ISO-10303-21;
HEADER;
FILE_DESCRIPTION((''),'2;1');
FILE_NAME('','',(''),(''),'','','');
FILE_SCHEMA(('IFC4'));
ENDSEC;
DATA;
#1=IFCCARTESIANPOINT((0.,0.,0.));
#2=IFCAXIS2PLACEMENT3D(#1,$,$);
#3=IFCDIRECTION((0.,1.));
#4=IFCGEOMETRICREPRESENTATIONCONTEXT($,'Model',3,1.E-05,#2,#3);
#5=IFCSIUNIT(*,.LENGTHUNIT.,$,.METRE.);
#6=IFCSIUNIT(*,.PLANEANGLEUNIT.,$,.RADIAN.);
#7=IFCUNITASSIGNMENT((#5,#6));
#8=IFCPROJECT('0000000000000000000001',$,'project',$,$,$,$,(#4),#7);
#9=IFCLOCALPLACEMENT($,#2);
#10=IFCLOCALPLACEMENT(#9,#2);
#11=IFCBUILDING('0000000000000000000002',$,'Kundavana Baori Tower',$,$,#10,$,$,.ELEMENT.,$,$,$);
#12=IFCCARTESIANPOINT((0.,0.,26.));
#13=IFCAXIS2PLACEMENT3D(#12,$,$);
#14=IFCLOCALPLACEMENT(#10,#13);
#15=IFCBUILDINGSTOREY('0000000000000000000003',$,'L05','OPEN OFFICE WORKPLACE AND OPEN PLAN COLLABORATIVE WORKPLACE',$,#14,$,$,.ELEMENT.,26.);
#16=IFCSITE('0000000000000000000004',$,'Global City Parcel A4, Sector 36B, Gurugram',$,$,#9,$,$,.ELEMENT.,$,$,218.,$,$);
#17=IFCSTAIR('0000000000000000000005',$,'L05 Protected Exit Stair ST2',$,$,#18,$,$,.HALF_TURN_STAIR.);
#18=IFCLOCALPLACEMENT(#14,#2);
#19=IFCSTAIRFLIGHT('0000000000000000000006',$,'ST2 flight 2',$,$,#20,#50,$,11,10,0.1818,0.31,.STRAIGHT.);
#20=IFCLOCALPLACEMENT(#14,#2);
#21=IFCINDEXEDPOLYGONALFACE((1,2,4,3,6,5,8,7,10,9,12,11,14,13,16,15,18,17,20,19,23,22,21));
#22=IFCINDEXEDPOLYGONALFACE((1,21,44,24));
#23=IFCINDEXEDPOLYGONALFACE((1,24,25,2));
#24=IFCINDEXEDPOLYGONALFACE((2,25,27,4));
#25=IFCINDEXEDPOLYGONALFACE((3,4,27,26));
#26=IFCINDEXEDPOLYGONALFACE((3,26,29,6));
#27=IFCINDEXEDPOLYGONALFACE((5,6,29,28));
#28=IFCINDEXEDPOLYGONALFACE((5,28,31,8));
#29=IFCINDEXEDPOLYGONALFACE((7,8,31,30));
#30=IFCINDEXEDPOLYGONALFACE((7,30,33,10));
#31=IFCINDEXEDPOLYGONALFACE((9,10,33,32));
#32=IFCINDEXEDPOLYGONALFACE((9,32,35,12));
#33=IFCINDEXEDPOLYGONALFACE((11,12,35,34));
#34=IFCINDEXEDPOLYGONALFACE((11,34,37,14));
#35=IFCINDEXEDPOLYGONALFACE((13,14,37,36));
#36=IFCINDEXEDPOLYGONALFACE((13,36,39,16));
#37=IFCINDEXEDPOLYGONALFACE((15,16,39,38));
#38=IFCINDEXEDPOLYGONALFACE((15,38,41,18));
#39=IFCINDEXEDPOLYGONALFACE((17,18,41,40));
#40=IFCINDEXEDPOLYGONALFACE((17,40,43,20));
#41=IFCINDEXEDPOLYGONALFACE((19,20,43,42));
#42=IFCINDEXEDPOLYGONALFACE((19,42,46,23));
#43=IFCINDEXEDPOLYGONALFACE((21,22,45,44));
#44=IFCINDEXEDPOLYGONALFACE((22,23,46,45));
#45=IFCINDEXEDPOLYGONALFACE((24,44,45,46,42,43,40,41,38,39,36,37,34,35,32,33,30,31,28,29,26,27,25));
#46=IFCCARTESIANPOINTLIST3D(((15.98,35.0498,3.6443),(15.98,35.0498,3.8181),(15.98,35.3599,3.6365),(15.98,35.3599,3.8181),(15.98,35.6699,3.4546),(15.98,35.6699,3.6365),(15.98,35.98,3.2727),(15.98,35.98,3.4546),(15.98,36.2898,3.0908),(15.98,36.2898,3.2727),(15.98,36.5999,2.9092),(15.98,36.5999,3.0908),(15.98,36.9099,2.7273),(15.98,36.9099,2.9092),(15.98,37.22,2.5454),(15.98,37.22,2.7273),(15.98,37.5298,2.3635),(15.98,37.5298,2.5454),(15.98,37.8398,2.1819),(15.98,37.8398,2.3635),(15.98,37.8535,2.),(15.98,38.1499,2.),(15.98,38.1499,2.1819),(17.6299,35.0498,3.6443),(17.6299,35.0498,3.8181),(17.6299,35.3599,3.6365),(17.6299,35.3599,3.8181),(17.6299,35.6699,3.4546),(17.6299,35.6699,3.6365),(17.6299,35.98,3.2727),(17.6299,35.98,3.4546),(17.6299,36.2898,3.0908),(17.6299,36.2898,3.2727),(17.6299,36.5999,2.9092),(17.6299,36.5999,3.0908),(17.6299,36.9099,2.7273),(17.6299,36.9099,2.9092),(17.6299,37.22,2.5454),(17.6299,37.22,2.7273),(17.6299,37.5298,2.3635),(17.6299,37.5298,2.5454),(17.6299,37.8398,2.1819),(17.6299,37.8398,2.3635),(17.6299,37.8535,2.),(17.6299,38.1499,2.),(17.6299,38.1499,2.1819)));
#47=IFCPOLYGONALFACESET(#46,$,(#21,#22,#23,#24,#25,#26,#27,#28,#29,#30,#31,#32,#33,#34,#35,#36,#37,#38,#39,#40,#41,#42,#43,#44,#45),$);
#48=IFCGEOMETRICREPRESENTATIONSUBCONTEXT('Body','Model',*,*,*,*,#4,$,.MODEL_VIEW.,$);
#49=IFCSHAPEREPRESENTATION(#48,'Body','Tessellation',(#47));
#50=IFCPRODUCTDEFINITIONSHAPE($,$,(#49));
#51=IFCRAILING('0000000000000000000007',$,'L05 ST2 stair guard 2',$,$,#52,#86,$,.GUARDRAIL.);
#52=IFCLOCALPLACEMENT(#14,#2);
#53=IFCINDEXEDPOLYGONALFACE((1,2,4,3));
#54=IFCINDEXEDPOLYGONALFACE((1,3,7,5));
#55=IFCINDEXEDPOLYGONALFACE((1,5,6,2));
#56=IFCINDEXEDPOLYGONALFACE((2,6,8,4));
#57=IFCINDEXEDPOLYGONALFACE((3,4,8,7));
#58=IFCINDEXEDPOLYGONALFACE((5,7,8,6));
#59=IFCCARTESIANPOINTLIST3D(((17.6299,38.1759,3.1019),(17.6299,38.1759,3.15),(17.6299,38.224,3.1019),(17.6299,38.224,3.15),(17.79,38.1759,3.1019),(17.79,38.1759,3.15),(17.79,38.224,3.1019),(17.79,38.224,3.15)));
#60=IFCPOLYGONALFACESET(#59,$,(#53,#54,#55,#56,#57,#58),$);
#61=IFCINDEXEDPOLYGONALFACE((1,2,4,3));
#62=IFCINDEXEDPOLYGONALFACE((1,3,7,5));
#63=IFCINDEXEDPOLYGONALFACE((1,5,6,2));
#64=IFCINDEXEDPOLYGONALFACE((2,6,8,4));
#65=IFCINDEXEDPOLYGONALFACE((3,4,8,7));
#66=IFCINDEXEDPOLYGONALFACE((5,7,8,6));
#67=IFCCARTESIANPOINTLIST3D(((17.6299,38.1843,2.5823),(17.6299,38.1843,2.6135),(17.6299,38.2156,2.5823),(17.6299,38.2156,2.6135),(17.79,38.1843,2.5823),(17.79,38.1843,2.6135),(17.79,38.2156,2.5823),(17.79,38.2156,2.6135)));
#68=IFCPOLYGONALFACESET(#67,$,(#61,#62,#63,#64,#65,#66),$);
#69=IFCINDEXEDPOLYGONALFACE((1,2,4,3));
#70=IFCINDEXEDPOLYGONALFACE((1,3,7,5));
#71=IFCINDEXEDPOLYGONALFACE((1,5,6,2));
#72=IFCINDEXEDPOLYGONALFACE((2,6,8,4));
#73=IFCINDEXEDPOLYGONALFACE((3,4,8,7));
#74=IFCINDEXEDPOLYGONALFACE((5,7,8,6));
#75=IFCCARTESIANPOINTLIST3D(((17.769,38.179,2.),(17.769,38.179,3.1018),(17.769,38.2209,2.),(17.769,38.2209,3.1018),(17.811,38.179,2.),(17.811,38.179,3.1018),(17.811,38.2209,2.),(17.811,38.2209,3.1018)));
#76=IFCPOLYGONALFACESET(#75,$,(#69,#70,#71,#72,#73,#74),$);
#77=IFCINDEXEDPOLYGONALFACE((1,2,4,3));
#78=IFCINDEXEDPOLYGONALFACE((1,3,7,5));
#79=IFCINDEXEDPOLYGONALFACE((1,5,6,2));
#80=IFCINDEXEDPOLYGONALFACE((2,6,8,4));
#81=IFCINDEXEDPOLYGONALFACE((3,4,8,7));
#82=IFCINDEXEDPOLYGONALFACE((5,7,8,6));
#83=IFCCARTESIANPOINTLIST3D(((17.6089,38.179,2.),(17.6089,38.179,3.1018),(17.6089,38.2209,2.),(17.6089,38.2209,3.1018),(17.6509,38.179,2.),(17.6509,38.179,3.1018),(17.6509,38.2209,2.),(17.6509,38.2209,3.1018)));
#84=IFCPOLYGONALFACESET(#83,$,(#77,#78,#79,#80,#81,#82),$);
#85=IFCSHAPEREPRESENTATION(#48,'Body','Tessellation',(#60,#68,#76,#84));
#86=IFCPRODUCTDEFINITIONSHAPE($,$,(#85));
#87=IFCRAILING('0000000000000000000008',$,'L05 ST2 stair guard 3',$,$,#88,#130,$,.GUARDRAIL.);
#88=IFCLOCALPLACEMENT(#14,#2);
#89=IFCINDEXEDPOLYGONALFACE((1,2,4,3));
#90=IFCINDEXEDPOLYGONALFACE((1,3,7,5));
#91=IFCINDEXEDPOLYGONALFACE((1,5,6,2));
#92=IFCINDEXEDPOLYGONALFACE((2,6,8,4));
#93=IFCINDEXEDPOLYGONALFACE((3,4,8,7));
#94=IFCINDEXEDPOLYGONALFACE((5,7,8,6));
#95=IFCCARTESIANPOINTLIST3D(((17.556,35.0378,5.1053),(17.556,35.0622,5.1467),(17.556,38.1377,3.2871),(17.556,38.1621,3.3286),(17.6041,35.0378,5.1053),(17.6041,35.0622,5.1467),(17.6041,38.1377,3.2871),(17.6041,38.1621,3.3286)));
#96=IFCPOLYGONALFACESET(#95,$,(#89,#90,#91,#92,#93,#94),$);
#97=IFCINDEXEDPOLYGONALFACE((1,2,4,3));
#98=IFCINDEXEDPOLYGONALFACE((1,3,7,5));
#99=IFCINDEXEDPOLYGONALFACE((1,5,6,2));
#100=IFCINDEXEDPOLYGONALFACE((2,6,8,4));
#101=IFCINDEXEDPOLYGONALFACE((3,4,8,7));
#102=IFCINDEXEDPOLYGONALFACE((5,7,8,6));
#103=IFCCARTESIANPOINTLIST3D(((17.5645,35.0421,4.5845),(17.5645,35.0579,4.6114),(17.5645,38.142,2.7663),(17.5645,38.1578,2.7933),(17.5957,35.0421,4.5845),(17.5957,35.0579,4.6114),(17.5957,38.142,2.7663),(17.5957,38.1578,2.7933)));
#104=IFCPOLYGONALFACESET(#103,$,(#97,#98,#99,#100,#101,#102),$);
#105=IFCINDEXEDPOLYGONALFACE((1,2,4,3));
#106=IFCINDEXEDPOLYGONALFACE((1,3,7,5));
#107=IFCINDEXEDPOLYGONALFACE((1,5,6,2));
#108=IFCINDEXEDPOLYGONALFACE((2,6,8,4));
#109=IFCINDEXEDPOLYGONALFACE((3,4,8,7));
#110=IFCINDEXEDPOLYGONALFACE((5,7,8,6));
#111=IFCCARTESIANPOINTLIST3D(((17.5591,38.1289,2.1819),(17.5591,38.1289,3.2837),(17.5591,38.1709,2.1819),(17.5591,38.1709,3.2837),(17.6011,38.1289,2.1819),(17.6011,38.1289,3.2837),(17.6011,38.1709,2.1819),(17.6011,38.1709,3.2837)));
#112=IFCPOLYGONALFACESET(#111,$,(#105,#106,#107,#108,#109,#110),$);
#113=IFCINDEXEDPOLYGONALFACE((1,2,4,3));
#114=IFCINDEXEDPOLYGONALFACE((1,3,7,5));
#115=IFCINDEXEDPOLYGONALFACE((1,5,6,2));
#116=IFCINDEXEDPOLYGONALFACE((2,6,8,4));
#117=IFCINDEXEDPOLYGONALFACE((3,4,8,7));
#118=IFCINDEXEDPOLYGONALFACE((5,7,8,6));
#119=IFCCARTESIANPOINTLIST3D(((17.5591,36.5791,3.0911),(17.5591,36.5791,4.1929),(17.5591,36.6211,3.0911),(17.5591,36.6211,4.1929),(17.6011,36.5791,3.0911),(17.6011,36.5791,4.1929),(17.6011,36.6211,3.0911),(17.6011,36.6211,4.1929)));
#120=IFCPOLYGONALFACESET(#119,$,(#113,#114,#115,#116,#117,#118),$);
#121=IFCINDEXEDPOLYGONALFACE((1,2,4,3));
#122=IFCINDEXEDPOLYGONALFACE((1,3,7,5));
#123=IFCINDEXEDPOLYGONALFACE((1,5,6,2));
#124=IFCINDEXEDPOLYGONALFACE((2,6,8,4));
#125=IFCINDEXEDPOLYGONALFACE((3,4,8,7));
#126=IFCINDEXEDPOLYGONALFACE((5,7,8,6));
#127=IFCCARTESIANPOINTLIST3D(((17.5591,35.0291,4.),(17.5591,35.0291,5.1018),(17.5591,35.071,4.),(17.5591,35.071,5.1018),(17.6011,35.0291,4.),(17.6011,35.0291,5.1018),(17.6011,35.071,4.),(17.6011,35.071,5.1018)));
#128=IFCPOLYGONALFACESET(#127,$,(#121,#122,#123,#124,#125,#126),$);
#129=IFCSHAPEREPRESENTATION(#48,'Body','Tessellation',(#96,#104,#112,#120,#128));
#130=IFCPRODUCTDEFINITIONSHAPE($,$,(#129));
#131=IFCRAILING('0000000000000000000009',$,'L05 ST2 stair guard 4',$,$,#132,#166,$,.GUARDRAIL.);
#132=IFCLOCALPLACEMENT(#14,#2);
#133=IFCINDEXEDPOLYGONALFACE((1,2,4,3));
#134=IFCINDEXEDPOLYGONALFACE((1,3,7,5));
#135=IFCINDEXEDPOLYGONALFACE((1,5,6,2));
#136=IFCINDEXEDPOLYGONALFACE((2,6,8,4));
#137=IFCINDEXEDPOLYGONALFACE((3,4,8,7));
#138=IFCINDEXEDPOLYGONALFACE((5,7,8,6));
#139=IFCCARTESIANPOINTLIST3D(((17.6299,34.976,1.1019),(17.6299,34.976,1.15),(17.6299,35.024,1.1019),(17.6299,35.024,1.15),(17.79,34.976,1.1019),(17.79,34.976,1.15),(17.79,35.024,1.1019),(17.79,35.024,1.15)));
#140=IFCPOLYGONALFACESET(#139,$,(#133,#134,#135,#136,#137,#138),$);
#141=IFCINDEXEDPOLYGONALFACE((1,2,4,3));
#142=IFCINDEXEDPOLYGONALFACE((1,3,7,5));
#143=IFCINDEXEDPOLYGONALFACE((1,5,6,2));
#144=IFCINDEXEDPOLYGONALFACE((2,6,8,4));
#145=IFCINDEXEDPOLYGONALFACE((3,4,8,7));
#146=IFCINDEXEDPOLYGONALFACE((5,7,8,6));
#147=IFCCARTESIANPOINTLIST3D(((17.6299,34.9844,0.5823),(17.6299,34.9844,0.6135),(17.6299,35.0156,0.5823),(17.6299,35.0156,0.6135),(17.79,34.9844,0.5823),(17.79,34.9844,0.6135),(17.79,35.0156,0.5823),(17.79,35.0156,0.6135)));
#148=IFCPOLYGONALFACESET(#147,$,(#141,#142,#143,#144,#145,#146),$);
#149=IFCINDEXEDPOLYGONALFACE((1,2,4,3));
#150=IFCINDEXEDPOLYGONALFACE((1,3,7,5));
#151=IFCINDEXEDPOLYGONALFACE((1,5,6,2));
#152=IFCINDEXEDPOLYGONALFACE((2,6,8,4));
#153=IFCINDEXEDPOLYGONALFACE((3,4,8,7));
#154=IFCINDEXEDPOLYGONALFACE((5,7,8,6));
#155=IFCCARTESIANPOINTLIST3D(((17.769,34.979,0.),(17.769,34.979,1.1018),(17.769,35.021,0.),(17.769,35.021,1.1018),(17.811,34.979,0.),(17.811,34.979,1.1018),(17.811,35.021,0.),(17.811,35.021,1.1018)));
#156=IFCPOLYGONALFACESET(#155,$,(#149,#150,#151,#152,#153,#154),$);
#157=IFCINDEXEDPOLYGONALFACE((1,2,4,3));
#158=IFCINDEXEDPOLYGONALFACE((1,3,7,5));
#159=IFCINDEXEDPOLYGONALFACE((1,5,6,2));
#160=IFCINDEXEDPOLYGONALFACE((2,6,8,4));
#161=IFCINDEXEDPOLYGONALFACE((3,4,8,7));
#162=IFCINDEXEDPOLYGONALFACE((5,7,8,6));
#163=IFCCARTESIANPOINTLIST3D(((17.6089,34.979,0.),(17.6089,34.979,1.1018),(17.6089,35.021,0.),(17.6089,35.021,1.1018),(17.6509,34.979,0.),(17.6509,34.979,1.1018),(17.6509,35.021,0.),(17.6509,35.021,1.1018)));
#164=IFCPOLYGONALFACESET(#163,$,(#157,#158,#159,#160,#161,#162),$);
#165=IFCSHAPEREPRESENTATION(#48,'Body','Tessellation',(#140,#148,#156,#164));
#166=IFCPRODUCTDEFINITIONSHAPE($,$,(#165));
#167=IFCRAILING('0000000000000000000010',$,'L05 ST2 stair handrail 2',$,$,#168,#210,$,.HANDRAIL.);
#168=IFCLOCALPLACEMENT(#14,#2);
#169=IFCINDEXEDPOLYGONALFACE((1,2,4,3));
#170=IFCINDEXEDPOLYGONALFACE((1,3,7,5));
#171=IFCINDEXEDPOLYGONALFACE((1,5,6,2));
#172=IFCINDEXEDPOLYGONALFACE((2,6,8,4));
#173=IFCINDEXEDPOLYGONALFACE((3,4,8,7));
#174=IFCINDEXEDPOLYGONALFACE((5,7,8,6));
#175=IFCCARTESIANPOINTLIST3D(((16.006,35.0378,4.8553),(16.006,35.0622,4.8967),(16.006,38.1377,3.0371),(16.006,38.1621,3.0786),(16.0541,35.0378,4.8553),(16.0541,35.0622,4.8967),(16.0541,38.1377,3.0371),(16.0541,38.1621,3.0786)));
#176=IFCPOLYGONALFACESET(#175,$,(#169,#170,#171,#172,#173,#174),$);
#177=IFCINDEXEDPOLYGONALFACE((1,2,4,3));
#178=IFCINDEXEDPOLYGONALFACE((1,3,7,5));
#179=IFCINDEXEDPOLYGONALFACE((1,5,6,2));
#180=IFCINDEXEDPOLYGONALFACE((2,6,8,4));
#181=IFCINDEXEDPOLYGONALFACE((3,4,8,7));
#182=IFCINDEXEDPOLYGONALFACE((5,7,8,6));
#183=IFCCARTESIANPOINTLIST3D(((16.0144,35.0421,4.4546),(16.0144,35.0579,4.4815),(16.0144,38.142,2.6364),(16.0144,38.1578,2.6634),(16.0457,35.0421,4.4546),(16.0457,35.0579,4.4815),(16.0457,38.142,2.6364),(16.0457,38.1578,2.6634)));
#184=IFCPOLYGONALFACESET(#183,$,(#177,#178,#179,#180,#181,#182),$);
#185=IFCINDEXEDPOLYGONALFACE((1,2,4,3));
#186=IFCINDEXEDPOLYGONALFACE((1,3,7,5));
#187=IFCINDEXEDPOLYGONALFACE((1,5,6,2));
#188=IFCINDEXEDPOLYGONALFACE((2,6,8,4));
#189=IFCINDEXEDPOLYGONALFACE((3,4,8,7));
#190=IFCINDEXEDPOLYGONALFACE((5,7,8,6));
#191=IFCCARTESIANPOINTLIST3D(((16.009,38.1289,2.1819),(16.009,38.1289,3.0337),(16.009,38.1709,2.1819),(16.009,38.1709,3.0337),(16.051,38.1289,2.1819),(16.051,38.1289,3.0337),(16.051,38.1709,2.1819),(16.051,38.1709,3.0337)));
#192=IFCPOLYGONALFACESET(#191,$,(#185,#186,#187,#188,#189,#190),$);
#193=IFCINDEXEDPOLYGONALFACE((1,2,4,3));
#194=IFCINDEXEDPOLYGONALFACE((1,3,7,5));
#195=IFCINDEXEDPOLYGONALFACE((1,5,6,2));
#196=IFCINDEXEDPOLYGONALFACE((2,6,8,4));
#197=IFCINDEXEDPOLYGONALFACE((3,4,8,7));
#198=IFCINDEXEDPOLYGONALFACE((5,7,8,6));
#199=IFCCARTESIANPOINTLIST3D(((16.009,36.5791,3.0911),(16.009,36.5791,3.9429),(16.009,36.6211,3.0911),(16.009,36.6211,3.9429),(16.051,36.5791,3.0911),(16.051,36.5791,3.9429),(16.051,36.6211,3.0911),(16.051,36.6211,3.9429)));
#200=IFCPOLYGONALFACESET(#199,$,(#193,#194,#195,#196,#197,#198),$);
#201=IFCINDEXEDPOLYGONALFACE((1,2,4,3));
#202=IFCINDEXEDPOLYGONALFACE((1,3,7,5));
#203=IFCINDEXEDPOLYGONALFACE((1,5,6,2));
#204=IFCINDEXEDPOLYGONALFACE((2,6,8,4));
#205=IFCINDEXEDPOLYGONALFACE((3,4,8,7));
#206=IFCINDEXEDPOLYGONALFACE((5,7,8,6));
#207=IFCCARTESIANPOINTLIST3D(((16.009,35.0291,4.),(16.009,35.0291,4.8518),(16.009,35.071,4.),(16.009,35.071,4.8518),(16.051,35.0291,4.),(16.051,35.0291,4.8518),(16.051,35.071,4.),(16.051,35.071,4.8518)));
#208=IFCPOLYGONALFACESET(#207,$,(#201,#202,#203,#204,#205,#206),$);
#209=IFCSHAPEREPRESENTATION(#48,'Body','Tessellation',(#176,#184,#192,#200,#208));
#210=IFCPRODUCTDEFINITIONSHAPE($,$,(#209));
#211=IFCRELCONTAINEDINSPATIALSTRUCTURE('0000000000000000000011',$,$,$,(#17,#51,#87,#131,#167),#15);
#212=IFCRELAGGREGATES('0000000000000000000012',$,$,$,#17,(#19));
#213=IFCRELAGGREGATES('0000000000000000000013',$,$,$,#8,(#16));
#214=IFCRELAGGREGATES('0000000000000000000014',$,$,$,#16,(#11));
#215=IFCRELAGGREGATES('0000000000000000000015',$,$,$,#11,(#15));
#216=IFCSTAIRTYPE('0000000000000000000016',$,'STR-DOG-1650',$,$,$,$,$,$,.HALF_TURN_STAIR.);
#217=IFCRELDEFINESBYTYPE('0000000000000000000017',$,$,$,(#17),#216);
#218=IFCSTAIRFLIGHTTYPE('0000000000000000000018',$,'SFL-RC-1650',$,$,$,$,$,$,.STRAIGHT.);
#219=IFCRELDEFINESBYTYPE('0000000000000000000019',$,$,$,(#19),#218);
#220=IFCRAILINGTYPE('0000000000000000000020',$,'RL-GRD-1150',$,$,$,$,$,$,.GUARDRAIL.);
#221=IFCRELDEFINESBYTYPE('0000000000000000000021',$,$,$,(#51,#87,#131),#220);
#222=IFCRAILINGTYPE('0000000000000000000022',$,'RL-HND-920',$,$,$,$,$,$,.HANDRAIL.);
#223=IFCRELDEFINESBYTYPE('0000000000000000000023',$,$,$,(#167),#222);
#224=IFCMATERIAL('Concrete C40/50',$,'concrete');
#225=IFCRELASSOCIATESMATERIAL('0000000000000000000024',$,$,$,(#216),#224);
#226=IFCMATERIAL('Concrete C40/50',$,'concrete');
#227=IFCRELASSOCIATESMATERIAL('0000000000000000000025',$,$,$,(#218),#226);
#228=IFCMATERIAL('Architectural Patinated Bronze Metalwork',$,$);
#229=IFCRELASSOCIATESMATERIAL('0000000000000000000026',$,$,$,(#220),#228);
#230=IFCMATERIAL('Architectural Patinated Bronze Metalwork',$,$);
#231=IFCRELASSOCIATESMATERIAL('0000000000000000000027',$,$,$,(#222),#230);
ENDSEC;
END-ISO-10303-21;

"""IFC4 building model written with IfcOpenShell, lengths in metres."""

from ifc_helpers import new_model, si_unit, direction, frame, origin, origin_2d, place, context, subcontext, project, spatial, polyline, rectangle, outline, extrude, material, type_object, element, aggregate, save


model = new_model("IFC4")

# Units and contexts
model_context = context("Model", 3, precision=1e-05, world=origin(), true_north=direction((0.0, 1.0)))
body_context = subcontext(model_context, "Body", "Model", "MODEL_VIEW")
ifc_project = project(units=[si_unit("LENGTHUNIT", "METRE"), si_unit("PLANEANGLEUNIT", "RADIAN")], contexts=[model_context])

# Site, building, storey
site_placement = place(None, origin())
site = spatial("IfcSite", under=ifc_project, at=site_placement, Name="Global City Parcel A4, Sector 36B, Gurugram", CompositionType="ELEMENT", RefElevation=218.0)
building_placement = place(site_placement, origin())
building = spatial("IfcBuilding", under=site, at=building_placement, Name="Kundavana Baori Tower", CompositionType="ELEMENT")
storey_placement = place(building_placement, frame((0.0, 0.0, 26.0)))
storey = spatial("IfcBuildingStorey", under=building, at=storey_placement, Name="L05", Description="OPEN OFFICE WORKPLACE AND OPEN PLAN COLLABORATIVE WORKPLACE", CompositionType="ELEMENT", Elevation=26.0)

# Stair, stair flight
ifc_material_1 = material(Name="Concrete C40/50", Category="concrete")
stair_type = type_object("IfcStairType", Name="STR-DOG-1650", PredefinedType="HALF_TURN_STAIR", material=ifc_material_1)
stair_placement = place(storey_placement, origin())
stair = element("IfcStair", 1, at=stair_placement, inside=storey, type_object=stair_type, Name="L05 Protected Exit Stair ST2", PredefinedType="HALF_TURN_STAIR")
ifc_material_2 = material(Name="Concrete C40/50", Category="concrete")
stair_flight_type = type_object("IfcStairFlightType", Name="SFL-RC-1650", PredefinedType="STRAIGHT", material=ifc_material_2)
stair_flight_placement = place(storey_placement, frame((16.8049, 38.1499, 2.0), z_axis=(0.0, 0.0, 1.0), x_axis=(0.0, -1.0, 0.0)))
stair_flight = element("IfcStairFlight", 2, at=stair_flight_placement, type_object=stair_flight_type, Name="ST2 flight 2", NumberOfRisers=11, NumberOfTreads=10, PredefinedType="STRAIGHT", RiserHeight=0.1818, TreadLength=0.31, context=body_context, shape_type="SweptSolid", body=[
    extrude(outline(polyline([(0.0, 0.0), (0.0, 0.1819), (0.3101, 0.1819), (0.3101, 0.3635), (0.6201, 0.3635), (0.6201, 0.5454), (0.9299, 0.5454), (0.9299, 0.7273), (1.24, 0.7273), (1.24, 0.9092), (1.55, 0.9092), (1.55, 1.0908), (1.8601, 1.0908), (1.8601, 1.2727), (2.1699, 1.2727), (2.1699, 1.4546), (2.48, 1.4546), (2.48, 1.6365), (2.79, 1.6365), (2.79, 1.8181), (3.1001, 1.8181), (3.1001, 2.0), (3.1001, 1.6443), (0.2964, 0.0), (0.0, 0.0)])), frame((0.0, 0.825, 0.0), z_axis=(0.0, -1.0, 0.0), x_axis=(1.0, 0.0, 0.0)), (0.0, 0.0, 1.0), 1.6499),
])
aggregate(stair, [stair_flight])

# Railings
ifc_material_3 = material(Name="Architectural Patinated Bronze Metalwork")
railing_type_1 = type_object("IfcRailingType", Name="RL-GRD-1150", PredefinedType="GUARDRAIL", material=ifc_material_3)
railing_1_placement = place(storey_placement, frame((17.79, 38.2, 2.0)))
element("IfcRailing", 3, at=railing_1_placement, inside=storey, type_object=railing_type_1, Name="L05 ST2 stair guard 2", PredefinedType="GUARDRAIL", context=body_context, shape_type="SweptSolid", body=[
    extrude(rectangle(XDim=0.0481, YDim=0.0481, at=origin_2d()), frame((0.0, 0.0, 1.126), z_axis=(-1.0, 0.0, 0.0), x_axis=(0.0, -1.0, 0.0)), (0.0, 0.0, 1.0), 0.1602),
    extrude(rectangle(XDim=0.0312, YDim=0.0312, at=origin_2d()), frame((0.0, 0.0, 0.5979), z_axis=(-1.0, 0.0, 0.0), x_axis=(0.0, -1.0, 0.0)), (0.0, 0.0, 1.0), 0.1602),
    extrude(rectangle(XDim=0.042, YDim=0.042, at=origin_2d()), origin(), (0.0, 0.0, 1.0), 1.1018),
    extrude(rectangle(XDim=0.042, YDim=0.042, at=origin_2d()), frame((-0.1602, 0.0, 0.0)), (0.0, 0.0, 1.0), 1.1018),
])
railing_2_placement = place(storey_placement, frame((17.5801, 38.1499, 2.1819)))
element("IfcRailing", 4, at=railing_2_placement, inside=storey, type_object=railing_type_1, Name="L05 ST2 stair guard 3", PredefinedType="GUARDRAIL", context=body_context, shape_type="SweptSolid", body=[
    extrude(rectangle(XDim=0.0481, YDim=0.0481, at=origin_2d()), frame((0.0, 0.0, 1.126), z_axis=(0.0, -0.862581, 0.505918), x_axis=(1.0, 0.0, 0.0)), (0.0, 0.0, 1.0), 3.5938),
    extrude(rectangle(XDim=0.0312, YDim=0.0312, at=origin_2d()), frame((0.0, 0.0, 0.5979), z_axis=(0.0, -0.862581, 0.505918), x_axis=(1.0, 0.0, 0.0)), (0.0, 0.0, 1.0), 3.5938),
    extrude(rectangle(XDim=0.042, YDim=0.042, at=origin_2d()), origin(), (0.0, 0.0, 1.0), 1.1018),
    extrude(rectangle(XDim=0.042, YDim=0.042, at=origin_2d()), frame((0.0, -1.5498, 0.9092)), (0.0, 0.0, 1.0), 1.1018),
    extrude(rectangle(XDim=0.042, YDim=0.042, at=origin_2d()), frame((0.0, -3.0999, 1.8181)), (0.0, 0.0, 1.0), 1.1018),
])
railing_3_placement = place(storey_placement, frame((17.79, 35.0, 0.0)))
element("IfcRailing", 5, at=railing_3_placement, inside=storey, type_object=railing_type_1, Name="L05 ST2 stair guard 4", PredefinedType="GUARDRAIL", context=body_context, shape_type="SweptSolid", body=[
    extrude(rectangle(XDim=0.0481, YDim=0.0481, at=origin_2d()), frame((0.0, 0.0, 1.126), z_axis=(-1.0, 0.0, 0.0), x_axis=(0.0, -1.0, 0.0)), (0.0, 0.0, 1.0), 0.1602),
    extrude(rectangle(XDim=0.0312, YDim=0.0312, at=origin_2d()), frame((0.0, 0.0, 0.5979), z_axis=(-1.0, 0.0, 0.0), x_axis=(0.0, -1.0, 0.0)), (0.0, 0.0, 1.0), 0.1602),
    extrude(rectangle(XDim=0.042, YDim=0.042, at=origin_2d()), origin(), (0.0, 0.0, 1.0), 1.1018),
    extrude(rectangle(XDim=0.042, YDim=0.042, at=origin_2d()), frame((-0.1602, 0.0, 0.0)), (0.0, 0.0, 1.0), 1.1018),
])
ifc_material_4 = material(Name="Architectural Patinated Bronze Metalwork")
railing_type_2 = type_object("IfcRailingType", Name="RL-HND-920", PredefinedType="HANDRAIL", material=ifc_material_4)
railing_4_placement = place(storey_placement, frame((16.03, 38.1499, 2.1819)))
element("IfcRailing", 6, at=railing_4_placement, inside=storey, type_object=railing_type_2, Name="L05 ST2 stair handrail 2", PredefinedType="HANDRAIL", context=body_context, shape_type="SweptSolid", body=[
    extrude(rectangle(XDim=0.0481, YDim=0.0481, at=origin_2d()), frame((0.0, 0.0, 0.876), z_axis=(0.0, -0.862581, 0.505918), x_axis=(1.0, 0.0, 0.0)), (0.0, 0.0, 1.0), 3.5938),
    extrude(rectangle(XDim=0.0312, YDim=0.0312, at=origin_2d()), frame((0.0, 0.0, 0.468), z_axis=(0.0, -0.862581, 0.505918), x_axis=(1.0, 0.0, 0.0)), (0.0, 0.0, 1.0), 3.5938),
    extrude(rectangle(XDim=0.042, YDim=0.042, at=origin_2d()), origin(), (0.0, 0.0, 1.0), 0.8518),
    extrude(rectangle(XDim=0.042, YDim=0.042, at=origin_2d()), frame((0.0, -1.5498, 0.9092)), (0.0, 0.0, 1.0), 0.8518),
    extrude(rectangle(XDim=0.042, YDim=0.042, at=origin_2d()), frame((0.0, -3.0999, 1.8181)), (0.0, 0.0, 1.0), 0.8518),
])

save(model, "model.ifc")
